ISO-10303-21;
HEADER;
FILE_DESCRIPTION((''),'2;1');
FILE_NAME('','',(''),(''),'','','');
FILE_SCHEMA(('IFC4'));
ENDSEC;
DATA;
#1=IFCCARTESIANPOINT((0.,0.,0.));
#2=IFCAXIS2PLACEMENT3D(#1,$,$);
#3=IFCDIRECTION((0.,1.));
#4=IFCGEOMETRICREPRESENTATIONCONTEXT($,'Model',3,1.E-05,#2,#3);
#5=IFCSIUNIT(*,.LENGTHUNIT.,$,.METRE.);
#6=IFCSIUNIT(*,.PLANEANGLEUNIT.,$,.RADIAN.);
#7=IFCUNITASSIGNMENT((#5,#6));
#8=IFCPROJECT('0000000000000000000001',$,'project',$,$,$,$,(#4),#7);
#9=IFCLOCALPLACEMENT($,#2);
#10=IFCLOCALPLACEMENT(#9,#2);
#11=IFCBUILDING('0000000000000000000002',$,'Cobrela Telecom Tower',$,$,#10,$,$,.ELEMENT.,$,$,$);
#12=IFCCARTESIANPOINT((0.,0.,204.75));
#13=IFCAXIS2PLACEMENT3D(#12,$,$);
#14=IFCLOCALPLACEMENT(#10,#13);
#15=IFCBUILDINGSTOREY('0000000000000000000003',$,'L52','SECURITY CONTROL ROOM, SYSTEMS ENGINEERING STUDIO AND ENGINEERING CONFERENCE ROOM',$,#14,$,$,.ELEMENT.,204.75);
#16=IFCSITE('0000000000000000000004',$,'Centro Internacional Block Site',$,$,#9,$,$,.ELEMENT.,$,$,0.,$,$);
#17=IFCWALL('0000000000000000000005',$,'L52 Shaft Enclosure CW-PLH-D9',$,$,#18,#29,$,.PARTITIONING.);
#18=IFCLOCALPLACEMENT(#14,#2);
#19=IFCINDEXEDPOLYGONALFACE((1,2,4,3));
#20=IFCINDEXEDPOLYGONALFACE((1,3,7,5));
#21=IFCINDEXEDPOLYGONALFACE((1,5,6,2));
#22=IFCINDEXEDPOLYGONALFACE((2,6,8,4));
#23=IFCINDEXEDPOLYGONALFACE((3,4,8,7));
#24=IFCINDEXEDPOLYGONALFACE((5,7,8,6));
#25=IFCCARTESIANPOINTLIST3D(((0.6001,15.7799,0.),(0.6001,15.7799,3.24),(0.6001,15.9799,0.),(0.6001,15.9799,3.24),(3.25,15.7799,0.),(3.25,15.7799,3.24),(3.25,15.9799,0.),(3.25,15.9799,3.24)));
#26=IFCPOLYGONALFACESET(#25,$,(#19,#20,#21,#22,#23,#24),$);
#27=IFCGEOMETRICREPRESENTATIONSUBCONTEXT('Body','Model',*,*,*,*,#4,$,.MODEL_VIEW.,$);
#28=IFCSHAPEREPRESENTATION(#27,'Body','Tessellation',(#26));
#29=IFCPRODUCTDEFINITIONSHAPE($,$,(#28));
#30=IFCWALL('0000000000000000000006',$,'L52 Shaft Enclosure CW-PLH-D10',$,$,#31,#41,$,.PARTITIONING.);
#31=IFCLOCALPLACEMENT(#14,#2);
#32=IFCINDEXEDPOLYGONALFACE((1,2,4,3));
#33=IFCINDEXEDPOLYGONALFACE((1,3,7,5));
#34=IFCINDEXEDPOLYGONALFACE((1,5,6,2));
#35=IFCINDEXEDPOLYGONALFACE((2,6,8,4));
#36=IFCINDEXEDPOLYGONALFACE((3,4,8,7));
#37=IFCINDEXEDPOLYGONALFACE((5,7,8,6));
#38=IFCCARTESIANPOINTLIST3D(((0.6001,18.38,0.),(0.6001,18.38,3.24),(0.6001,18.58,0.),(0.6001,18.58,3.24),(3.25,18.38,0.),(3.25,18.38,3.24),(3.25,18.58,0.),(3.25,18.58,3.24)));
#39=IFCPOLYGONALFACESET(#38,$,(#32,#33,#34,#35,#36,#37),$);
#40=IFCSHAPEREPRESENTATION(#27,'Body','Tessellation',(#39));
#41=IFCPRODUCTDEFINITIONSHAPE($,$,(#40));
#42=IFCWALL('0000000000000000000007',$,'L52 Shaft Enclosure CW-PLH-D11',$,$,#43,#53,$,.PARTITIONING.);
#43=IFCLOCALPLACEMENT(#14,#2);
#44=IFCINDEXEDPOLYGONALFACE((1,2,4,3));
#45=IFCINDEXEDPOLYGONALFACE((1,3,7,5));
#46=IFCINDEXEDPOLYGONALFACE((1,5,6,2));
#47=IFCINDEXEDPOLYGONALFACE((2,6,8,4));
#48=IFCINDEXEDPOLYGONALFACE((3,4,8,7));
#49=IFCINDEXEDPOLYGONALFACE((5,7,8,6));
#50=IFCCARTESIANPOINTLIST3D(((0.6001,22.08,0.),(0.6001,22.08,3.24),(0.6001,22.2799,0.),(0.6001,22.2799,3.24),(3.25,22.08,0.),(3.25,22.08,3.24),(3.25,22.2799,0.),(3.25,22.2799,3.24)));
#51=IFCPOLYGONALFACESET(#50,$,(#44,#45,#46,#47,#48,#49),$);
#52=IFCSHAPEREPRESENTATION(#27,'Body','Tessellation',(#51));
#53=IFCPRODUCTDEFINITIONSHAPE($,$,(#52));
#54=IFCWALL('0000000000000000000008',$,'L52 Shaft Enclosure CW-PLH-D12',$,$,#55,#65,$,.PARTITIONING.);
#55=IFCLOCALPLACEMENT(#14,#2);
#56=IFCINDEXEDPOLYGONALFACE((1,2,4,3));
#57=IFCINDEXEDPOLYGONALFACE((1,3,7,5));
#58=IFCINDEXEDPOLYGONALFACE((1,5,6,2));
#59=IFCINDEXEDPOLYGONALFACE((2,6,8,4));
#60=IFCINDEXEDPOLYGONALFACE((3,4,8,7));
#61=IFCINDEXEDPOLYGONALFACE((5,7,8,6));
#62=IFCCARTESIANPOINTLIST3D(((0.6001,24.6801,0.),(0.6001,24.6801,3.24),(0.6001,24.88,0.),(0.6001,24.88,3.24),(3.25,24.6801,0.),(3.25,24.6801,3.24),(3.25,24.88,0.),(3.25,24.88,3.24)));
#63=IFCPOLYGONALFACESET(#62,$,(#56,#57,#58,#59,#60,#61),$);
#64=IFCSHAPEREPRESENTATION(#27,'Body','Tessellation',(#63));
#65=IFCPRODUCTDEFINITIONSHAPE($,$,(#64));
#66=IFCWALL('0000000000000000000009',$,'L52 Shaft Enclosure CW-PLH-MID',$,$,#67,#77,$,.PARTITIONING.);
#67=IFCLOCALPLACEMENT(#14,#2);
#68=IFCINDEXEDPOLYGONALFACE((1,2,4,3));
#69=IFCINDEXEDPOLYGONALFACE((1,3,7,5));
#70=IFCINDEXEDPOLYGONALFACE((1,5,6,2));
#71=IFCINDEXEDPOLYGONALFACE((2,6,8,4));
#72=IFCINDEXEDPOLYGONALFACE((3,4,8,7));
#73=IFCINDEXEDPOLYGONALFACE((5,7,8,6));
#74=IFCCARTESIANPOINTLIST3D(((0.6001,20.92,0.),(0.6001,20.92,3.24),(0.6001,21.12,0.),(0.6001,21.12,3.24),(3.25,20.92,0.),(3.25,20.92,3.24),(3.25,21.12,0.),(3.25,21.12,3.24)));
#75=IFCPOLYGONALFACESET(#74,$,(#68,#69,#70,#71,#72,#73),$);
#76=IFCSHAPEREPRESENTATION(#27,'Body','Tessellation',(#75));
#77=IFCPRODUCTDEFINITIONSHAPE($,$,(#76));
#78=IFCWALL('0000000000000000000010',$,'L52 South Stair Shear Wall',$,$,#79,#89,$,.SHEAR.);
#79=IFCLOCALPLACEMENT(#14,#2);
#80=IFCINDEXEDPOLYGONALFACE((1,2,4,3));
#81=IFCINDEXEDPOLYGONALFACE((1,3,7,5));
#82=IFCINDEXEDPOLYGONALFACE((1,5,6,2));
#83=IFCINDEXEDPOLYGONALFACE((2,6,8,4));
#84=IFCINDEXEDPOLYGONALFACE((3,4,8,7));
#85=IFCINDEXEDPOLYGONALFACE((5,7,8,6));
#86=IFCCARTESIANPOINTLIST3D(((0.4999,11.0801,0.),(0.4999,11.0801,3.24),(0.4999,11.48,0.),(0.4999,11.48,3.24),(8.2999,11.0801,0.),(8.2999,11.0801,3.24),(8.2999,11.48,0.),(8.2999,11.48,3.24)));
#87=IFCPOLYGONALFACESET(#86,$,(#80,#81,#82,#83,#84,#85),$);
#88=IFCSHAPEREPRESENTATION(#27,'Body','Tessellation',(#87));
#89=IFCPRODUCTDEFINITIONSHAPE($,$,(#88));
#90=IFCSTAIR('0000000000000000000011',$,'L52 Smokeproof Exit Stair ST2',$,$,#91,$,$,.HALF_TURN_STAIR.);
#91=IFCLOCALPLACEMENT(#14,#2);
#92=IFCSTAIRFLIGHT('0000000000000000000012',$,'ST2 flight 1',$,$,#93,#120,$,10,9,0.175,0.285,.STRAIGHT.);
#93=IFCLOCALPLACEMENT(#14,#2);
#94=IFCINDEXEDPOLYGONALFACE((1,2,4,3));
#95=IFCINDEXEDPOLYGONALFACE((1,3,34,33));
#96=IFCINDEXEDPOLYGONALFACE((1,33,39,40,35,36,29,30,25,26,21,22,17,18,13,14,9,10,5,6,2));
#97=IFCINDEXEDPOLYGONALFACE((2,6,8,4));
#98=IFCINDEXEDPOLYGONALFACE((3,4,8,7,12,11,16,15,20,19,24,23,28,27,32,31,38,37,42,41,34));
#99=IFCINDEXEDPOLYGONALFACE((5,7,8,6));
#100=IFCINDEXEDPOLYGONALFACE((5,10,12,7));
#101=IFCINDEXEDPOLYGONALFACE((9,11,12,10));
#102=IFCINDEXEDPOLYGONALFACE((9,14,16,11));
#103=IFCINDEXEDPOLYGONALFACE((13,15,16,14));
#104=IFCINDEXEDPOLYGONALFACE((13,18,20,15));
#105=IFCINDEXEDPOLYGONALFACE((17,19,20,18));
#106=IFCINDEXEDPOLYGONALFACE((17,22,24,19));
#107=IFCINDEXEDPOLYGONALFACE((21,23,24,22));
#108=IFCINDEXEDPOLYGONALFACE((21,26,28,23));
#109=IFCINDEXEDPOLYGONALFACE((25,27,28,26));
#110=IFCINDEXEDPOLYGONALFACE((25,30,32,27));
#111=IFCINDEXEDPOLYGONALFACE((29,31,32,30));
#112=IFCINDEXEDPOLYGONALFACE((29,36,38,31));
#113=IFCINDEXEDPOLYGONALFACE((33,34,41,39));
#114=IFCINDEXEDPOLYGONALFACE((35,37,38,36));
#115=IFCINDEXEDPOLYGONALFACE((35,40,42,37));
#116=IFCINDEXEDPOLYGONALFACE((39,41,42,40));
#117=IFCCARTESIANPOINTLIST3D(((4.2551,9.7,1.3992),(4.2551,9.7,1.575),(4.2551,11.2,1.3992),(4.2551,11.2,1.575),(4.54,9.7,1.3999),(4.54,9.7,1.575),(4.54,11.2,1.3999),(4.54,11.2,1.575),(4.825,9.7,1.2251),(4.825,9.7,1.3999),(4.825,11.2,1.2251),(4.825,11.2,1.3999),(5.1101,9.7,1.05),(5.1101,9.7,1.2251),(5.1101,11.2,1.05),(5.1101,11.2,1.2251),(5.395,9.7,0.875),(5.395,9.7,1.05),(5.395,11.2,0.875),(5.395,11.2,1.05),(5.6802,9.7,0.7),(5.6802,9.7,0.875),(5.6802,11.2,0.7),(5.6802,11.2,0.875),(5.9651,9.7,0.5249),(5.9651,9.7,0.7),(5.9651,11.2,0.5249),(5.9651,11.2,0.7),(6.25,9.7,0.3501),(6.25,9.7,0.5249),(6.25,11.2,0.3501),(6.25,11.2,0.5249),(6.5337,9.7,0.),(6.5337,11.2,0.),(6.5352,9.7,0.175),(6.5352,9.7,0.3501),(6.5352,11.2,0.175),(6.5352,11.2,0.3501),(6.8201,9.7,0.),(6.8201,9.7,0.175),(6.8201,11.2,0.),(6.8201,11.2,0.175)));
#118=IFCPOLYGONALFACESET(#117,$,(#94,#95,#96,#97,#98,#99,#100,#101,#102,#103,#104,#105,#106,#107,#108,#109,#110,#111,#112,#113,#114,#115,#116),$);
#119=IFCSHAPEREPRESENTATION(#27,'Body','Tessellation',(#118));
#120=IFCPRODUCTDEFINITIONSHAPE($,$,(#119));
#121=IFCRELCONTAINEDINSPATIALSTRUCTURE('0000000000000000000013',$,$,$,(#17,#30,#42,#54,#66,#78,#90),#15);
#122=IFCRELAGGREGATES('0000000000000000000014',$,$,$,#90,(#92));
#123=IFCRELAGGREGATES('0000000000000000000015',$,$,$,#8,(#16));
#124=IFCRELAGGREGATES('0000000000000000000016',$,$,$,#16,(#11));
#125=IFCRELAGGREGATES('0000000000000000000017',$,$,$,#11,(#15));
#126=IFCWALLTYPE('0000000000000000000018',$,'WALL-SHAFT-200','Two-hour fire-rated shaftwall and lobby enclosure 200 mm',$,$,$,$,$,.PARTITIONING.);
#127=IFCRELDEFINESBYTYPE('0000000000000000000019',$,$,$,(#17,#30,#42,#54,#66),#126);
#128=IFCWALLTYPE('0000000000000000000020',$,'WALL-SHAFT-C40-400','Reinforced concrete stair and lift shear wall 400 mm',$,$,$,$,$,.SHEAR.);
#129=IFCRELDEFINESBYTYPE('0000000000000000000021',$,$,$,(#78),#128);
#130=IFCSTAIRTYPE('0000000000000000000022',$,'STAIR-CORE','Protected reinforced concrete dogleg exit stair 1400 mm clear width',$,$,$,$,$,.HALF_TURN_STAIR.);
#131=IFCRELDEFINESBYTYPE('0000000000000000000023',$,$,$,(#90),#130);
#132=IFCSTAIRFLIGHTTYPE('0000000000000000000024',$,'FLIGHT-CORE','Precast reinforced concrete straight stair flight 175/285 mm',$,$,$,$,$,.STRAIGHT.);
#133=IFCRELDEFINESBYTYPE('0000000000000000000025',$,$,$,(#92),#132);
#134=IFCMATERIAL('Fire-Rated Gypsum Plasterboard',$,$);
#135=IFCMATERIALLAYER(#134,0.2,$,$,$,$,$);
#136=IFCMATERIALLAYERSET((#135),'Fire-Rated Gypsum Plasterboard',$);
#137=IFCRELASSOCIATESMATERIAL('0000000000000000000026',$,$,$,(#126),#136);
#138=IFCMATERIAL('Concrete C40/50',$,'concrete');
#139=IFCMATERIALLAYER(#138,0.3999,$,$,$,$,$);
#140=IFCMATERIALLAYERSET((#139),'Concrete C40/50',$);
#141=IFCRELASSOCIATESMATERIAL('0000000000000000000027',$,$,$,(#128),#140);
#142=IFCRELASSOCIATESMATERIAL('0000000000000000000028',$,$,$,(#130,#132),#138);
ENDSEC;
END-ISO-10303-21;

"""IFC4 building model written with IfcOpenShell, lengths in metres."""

from ifc_helpers import new_model, si_unit, direction, frame, frame_2d, origin, place, context, subcontext, project, spatial, polyline, rectangle, outline, extrude, material, layer, layer_set, type_object, element, aggregate, save


model = new_model("IFC4")

# Units and contexts
model_context = context("Model", 3, precision=1e-05, world=origin(), true_north=direction((0.0, 1.0)))
body_context = subcontext(model_context, "Body", "Model", "MODEL_VIEW")
ifc_project = project(units=[si_unit("LENGTHUNIT", "METRE"), si_unit("PLANEANGLEUNIT", "RADIAN")], contexts=[model_context])

# Site, building, storey
site_placement = place(None, origin())
site = spatial("IfcSite", under=ifc_project, at=site_placement, Name="Centro Internacional Block Site", CompositionType="ELEMENT", RefElevation=0.0)
building_placement = place(site_placement, origin())
building = spatial("IfcBuilding", under=site, at=building_placement, Name="Cobrela Telecom Tower", CompositionType="ELEMENT")
storey_placement = place(building_placement, frame((0.0, 0.0, 204.75)))
storey = spatial("IfcBuildingStorey", under=building, at=storey_placement, Name="L52", Description="SECURITY CONTROL ROOM, SYSTEMS ENGINEERING STUDIO AND ENGINEERING CONFERENCE ROOM", CompositionType="ELEMENT", Elevation=204.75)

# Shared definitions
ifc_material_1 = material(Name="Fire-Rated Gypsum Plasterboard")

# Shared definitions
ifc_layer_1 = layer(ifc_material_1, 0.2)
ifc_layer_set_1 = layer_set([ifc_layer_1], Name="Fire-Rated Gypsum Plasterboard")
wall_type_1 = type_object("IfcWallType", Name="WALL-SHAFT-200", Description="Two-hour fire-rated shaftwall and lobby enclosure 200 mm", PredefinedType="PARTITIONING", material=ifc_layer_set_1)

# Walls
for number, where, z_axis, x_axis, name in (
    (1, (0.6001, 15.8799, 0.0), (0.0, 0.0, 1.0), (1.0, 0.0, 0.0), "L52 Shaft Enclosure CW-PLH-D9"),
    (2, (0.6001, 18.48, 0.0), (0.0, 0.0, 1.0), (1.0, 0.0, 0.0), "L52 Shaft Enclosure CW-PLH-D10"),
    (3, (0.6001, 22.1799, 0.0), (0.0, 0.0, 1.0), (1.0, 0.0, 0.0), "L52 Shaft Enclosure CW-PLH-D11"),
    (4, (0.6001, 24.78, 0.0), (0.0, 0.0, 1.0), (1.0, 0.0, 0.0), "L52 Shaft Enclosure CW-PLH-D12"),
    (5, (0.6001, 21.02, 0.0), (0.0, 0.0, 1.0), (1.0, 0.0, 0.0), "L52 Shaft Enclosure CW-PLH-MID"),
):
    element("IfcWall", number, at=place(storey_placement, frame(where, z_axis=z_axis, x_axis=x_axis)), inside=storey, type_object=wall_type_1, Name=name, PredefinedType="PARTITIONING", context=body_context, shape_type="SweptSolid", body=[
        extrude(rectangle(XDim=2.6499, YDim=0.2, at=frame_2d((1.325, 0.0))), origin(), (0.0, 0.0, 1.0), 3.24),
    ])
ifc_material_2 = material(Name="Concrete C40/50", Category="concrete")
ifc_layer_2 = layer(ifc_material_2, 0.3999)
ifc_layer_set_2 = layer_set([ifc_layer_2], Name="Concrete C40/50")
wall_type_2 = type_object("IfcWallType", Name="WALL-SHAFT-C40-400", Description="Reinforced concrete stair and lift shear wall 400 mm", PredefinedType="SHEAR", material=ifc_layer_set_2)
wall_1_placement = place(storey_placement, frame((0.5, 11.28, 0.0), z_axis=(0.0, 0.0, 1.0), x_axis=(1.0, 0.0, 0.0)))
element("IfcWall", 6, at=wall_1_placement, inside=storey, type_object=wall_type_2, Name="L52 South Stair Shear Wall", PredefinedType="SHEAR", context=body_context, shape_type="SweptSolid", body=[
    extrude(rectangle(XDim=7.8, YDim=0.3999, at=frame_2d((3.8999, 0.0))), origin(), (0.0, 0.0, 1.0), 3.24),
])

# Stair, stair flight
stair_type = type_object("IfcStairType", Name="STAIR-CORE", Description="Protected reinforced concrete dogleg exit stair 1400 mm clear width", PredefinedType="HALF_TURN_STAIR", material=ifc_material_2)
stair_placement = place(storey_placement, origin())
stair = element("IfcStair", 7, at=stair_placement, inside=storey, type_object=stair_type, Name="L52 Smokeproof Exit Stair ST2", PredefinedType="HALF_TURN_STAIR")
stair_flight_type = type_object("IfcStairFlightType", Name="FLIGHT-CORE", Description="Precast reinforced concrete straight stair flight 175/285 mm", PredefinedType="STRAIGHT", material=ifc_material_2)
stair_flight_placement = place(storey_placement, frame((6.8201, 10.45, 0.0), z_axis=(0.0, 0.0, 1.0), x_axis=(-1.0, 0.0, 0.0)))
stair_flight = element("IfcStairFlight", 8, at=stair_flight_placement, type_object=stair_flight_type, Name="ST2 flight 1", NumberOfRisers=10, NumberOfTreads=9, PredefinedType="STRAIGHT", RiserHeight=0.175, TreadLength=0.285, context=body_context, shape_type="SweptSolid", body=[
    extrude(outline(polyline([(0.0, 0.0), (0.0, 0.175), (0.2849, 0.175), (0.2849, 0.3501), (0.5701, 0.3501), (0.5701, 0.5249), (0.855, 0.5249), (0.855, 0.7), (1.1399, 0.7), (1.1399, 0.875), (1.425, 0.875), (1.425, 1.05), (1.71, 1.05), (1.71, 1.2251), (1.9951, 1.2251), (1.9951, 1.3999), (2.28, 1.3999), (2.28, 1.575), (2.5649, 1.575), (2.5649, 1.75), (2.5649, 1.3992), (0.2864, 0.0), (0.0, 0.0)])), frame((0.0, 0.75, 0.0), z_axis=(0.0, -1.0, 0.0), x_axis=(1.0, 0.0, 0.0)), (0.0, 0.0, 1.0), 1.5),
])
aggregate(stair, [stair_flight])

save(model, "model.ifc")
